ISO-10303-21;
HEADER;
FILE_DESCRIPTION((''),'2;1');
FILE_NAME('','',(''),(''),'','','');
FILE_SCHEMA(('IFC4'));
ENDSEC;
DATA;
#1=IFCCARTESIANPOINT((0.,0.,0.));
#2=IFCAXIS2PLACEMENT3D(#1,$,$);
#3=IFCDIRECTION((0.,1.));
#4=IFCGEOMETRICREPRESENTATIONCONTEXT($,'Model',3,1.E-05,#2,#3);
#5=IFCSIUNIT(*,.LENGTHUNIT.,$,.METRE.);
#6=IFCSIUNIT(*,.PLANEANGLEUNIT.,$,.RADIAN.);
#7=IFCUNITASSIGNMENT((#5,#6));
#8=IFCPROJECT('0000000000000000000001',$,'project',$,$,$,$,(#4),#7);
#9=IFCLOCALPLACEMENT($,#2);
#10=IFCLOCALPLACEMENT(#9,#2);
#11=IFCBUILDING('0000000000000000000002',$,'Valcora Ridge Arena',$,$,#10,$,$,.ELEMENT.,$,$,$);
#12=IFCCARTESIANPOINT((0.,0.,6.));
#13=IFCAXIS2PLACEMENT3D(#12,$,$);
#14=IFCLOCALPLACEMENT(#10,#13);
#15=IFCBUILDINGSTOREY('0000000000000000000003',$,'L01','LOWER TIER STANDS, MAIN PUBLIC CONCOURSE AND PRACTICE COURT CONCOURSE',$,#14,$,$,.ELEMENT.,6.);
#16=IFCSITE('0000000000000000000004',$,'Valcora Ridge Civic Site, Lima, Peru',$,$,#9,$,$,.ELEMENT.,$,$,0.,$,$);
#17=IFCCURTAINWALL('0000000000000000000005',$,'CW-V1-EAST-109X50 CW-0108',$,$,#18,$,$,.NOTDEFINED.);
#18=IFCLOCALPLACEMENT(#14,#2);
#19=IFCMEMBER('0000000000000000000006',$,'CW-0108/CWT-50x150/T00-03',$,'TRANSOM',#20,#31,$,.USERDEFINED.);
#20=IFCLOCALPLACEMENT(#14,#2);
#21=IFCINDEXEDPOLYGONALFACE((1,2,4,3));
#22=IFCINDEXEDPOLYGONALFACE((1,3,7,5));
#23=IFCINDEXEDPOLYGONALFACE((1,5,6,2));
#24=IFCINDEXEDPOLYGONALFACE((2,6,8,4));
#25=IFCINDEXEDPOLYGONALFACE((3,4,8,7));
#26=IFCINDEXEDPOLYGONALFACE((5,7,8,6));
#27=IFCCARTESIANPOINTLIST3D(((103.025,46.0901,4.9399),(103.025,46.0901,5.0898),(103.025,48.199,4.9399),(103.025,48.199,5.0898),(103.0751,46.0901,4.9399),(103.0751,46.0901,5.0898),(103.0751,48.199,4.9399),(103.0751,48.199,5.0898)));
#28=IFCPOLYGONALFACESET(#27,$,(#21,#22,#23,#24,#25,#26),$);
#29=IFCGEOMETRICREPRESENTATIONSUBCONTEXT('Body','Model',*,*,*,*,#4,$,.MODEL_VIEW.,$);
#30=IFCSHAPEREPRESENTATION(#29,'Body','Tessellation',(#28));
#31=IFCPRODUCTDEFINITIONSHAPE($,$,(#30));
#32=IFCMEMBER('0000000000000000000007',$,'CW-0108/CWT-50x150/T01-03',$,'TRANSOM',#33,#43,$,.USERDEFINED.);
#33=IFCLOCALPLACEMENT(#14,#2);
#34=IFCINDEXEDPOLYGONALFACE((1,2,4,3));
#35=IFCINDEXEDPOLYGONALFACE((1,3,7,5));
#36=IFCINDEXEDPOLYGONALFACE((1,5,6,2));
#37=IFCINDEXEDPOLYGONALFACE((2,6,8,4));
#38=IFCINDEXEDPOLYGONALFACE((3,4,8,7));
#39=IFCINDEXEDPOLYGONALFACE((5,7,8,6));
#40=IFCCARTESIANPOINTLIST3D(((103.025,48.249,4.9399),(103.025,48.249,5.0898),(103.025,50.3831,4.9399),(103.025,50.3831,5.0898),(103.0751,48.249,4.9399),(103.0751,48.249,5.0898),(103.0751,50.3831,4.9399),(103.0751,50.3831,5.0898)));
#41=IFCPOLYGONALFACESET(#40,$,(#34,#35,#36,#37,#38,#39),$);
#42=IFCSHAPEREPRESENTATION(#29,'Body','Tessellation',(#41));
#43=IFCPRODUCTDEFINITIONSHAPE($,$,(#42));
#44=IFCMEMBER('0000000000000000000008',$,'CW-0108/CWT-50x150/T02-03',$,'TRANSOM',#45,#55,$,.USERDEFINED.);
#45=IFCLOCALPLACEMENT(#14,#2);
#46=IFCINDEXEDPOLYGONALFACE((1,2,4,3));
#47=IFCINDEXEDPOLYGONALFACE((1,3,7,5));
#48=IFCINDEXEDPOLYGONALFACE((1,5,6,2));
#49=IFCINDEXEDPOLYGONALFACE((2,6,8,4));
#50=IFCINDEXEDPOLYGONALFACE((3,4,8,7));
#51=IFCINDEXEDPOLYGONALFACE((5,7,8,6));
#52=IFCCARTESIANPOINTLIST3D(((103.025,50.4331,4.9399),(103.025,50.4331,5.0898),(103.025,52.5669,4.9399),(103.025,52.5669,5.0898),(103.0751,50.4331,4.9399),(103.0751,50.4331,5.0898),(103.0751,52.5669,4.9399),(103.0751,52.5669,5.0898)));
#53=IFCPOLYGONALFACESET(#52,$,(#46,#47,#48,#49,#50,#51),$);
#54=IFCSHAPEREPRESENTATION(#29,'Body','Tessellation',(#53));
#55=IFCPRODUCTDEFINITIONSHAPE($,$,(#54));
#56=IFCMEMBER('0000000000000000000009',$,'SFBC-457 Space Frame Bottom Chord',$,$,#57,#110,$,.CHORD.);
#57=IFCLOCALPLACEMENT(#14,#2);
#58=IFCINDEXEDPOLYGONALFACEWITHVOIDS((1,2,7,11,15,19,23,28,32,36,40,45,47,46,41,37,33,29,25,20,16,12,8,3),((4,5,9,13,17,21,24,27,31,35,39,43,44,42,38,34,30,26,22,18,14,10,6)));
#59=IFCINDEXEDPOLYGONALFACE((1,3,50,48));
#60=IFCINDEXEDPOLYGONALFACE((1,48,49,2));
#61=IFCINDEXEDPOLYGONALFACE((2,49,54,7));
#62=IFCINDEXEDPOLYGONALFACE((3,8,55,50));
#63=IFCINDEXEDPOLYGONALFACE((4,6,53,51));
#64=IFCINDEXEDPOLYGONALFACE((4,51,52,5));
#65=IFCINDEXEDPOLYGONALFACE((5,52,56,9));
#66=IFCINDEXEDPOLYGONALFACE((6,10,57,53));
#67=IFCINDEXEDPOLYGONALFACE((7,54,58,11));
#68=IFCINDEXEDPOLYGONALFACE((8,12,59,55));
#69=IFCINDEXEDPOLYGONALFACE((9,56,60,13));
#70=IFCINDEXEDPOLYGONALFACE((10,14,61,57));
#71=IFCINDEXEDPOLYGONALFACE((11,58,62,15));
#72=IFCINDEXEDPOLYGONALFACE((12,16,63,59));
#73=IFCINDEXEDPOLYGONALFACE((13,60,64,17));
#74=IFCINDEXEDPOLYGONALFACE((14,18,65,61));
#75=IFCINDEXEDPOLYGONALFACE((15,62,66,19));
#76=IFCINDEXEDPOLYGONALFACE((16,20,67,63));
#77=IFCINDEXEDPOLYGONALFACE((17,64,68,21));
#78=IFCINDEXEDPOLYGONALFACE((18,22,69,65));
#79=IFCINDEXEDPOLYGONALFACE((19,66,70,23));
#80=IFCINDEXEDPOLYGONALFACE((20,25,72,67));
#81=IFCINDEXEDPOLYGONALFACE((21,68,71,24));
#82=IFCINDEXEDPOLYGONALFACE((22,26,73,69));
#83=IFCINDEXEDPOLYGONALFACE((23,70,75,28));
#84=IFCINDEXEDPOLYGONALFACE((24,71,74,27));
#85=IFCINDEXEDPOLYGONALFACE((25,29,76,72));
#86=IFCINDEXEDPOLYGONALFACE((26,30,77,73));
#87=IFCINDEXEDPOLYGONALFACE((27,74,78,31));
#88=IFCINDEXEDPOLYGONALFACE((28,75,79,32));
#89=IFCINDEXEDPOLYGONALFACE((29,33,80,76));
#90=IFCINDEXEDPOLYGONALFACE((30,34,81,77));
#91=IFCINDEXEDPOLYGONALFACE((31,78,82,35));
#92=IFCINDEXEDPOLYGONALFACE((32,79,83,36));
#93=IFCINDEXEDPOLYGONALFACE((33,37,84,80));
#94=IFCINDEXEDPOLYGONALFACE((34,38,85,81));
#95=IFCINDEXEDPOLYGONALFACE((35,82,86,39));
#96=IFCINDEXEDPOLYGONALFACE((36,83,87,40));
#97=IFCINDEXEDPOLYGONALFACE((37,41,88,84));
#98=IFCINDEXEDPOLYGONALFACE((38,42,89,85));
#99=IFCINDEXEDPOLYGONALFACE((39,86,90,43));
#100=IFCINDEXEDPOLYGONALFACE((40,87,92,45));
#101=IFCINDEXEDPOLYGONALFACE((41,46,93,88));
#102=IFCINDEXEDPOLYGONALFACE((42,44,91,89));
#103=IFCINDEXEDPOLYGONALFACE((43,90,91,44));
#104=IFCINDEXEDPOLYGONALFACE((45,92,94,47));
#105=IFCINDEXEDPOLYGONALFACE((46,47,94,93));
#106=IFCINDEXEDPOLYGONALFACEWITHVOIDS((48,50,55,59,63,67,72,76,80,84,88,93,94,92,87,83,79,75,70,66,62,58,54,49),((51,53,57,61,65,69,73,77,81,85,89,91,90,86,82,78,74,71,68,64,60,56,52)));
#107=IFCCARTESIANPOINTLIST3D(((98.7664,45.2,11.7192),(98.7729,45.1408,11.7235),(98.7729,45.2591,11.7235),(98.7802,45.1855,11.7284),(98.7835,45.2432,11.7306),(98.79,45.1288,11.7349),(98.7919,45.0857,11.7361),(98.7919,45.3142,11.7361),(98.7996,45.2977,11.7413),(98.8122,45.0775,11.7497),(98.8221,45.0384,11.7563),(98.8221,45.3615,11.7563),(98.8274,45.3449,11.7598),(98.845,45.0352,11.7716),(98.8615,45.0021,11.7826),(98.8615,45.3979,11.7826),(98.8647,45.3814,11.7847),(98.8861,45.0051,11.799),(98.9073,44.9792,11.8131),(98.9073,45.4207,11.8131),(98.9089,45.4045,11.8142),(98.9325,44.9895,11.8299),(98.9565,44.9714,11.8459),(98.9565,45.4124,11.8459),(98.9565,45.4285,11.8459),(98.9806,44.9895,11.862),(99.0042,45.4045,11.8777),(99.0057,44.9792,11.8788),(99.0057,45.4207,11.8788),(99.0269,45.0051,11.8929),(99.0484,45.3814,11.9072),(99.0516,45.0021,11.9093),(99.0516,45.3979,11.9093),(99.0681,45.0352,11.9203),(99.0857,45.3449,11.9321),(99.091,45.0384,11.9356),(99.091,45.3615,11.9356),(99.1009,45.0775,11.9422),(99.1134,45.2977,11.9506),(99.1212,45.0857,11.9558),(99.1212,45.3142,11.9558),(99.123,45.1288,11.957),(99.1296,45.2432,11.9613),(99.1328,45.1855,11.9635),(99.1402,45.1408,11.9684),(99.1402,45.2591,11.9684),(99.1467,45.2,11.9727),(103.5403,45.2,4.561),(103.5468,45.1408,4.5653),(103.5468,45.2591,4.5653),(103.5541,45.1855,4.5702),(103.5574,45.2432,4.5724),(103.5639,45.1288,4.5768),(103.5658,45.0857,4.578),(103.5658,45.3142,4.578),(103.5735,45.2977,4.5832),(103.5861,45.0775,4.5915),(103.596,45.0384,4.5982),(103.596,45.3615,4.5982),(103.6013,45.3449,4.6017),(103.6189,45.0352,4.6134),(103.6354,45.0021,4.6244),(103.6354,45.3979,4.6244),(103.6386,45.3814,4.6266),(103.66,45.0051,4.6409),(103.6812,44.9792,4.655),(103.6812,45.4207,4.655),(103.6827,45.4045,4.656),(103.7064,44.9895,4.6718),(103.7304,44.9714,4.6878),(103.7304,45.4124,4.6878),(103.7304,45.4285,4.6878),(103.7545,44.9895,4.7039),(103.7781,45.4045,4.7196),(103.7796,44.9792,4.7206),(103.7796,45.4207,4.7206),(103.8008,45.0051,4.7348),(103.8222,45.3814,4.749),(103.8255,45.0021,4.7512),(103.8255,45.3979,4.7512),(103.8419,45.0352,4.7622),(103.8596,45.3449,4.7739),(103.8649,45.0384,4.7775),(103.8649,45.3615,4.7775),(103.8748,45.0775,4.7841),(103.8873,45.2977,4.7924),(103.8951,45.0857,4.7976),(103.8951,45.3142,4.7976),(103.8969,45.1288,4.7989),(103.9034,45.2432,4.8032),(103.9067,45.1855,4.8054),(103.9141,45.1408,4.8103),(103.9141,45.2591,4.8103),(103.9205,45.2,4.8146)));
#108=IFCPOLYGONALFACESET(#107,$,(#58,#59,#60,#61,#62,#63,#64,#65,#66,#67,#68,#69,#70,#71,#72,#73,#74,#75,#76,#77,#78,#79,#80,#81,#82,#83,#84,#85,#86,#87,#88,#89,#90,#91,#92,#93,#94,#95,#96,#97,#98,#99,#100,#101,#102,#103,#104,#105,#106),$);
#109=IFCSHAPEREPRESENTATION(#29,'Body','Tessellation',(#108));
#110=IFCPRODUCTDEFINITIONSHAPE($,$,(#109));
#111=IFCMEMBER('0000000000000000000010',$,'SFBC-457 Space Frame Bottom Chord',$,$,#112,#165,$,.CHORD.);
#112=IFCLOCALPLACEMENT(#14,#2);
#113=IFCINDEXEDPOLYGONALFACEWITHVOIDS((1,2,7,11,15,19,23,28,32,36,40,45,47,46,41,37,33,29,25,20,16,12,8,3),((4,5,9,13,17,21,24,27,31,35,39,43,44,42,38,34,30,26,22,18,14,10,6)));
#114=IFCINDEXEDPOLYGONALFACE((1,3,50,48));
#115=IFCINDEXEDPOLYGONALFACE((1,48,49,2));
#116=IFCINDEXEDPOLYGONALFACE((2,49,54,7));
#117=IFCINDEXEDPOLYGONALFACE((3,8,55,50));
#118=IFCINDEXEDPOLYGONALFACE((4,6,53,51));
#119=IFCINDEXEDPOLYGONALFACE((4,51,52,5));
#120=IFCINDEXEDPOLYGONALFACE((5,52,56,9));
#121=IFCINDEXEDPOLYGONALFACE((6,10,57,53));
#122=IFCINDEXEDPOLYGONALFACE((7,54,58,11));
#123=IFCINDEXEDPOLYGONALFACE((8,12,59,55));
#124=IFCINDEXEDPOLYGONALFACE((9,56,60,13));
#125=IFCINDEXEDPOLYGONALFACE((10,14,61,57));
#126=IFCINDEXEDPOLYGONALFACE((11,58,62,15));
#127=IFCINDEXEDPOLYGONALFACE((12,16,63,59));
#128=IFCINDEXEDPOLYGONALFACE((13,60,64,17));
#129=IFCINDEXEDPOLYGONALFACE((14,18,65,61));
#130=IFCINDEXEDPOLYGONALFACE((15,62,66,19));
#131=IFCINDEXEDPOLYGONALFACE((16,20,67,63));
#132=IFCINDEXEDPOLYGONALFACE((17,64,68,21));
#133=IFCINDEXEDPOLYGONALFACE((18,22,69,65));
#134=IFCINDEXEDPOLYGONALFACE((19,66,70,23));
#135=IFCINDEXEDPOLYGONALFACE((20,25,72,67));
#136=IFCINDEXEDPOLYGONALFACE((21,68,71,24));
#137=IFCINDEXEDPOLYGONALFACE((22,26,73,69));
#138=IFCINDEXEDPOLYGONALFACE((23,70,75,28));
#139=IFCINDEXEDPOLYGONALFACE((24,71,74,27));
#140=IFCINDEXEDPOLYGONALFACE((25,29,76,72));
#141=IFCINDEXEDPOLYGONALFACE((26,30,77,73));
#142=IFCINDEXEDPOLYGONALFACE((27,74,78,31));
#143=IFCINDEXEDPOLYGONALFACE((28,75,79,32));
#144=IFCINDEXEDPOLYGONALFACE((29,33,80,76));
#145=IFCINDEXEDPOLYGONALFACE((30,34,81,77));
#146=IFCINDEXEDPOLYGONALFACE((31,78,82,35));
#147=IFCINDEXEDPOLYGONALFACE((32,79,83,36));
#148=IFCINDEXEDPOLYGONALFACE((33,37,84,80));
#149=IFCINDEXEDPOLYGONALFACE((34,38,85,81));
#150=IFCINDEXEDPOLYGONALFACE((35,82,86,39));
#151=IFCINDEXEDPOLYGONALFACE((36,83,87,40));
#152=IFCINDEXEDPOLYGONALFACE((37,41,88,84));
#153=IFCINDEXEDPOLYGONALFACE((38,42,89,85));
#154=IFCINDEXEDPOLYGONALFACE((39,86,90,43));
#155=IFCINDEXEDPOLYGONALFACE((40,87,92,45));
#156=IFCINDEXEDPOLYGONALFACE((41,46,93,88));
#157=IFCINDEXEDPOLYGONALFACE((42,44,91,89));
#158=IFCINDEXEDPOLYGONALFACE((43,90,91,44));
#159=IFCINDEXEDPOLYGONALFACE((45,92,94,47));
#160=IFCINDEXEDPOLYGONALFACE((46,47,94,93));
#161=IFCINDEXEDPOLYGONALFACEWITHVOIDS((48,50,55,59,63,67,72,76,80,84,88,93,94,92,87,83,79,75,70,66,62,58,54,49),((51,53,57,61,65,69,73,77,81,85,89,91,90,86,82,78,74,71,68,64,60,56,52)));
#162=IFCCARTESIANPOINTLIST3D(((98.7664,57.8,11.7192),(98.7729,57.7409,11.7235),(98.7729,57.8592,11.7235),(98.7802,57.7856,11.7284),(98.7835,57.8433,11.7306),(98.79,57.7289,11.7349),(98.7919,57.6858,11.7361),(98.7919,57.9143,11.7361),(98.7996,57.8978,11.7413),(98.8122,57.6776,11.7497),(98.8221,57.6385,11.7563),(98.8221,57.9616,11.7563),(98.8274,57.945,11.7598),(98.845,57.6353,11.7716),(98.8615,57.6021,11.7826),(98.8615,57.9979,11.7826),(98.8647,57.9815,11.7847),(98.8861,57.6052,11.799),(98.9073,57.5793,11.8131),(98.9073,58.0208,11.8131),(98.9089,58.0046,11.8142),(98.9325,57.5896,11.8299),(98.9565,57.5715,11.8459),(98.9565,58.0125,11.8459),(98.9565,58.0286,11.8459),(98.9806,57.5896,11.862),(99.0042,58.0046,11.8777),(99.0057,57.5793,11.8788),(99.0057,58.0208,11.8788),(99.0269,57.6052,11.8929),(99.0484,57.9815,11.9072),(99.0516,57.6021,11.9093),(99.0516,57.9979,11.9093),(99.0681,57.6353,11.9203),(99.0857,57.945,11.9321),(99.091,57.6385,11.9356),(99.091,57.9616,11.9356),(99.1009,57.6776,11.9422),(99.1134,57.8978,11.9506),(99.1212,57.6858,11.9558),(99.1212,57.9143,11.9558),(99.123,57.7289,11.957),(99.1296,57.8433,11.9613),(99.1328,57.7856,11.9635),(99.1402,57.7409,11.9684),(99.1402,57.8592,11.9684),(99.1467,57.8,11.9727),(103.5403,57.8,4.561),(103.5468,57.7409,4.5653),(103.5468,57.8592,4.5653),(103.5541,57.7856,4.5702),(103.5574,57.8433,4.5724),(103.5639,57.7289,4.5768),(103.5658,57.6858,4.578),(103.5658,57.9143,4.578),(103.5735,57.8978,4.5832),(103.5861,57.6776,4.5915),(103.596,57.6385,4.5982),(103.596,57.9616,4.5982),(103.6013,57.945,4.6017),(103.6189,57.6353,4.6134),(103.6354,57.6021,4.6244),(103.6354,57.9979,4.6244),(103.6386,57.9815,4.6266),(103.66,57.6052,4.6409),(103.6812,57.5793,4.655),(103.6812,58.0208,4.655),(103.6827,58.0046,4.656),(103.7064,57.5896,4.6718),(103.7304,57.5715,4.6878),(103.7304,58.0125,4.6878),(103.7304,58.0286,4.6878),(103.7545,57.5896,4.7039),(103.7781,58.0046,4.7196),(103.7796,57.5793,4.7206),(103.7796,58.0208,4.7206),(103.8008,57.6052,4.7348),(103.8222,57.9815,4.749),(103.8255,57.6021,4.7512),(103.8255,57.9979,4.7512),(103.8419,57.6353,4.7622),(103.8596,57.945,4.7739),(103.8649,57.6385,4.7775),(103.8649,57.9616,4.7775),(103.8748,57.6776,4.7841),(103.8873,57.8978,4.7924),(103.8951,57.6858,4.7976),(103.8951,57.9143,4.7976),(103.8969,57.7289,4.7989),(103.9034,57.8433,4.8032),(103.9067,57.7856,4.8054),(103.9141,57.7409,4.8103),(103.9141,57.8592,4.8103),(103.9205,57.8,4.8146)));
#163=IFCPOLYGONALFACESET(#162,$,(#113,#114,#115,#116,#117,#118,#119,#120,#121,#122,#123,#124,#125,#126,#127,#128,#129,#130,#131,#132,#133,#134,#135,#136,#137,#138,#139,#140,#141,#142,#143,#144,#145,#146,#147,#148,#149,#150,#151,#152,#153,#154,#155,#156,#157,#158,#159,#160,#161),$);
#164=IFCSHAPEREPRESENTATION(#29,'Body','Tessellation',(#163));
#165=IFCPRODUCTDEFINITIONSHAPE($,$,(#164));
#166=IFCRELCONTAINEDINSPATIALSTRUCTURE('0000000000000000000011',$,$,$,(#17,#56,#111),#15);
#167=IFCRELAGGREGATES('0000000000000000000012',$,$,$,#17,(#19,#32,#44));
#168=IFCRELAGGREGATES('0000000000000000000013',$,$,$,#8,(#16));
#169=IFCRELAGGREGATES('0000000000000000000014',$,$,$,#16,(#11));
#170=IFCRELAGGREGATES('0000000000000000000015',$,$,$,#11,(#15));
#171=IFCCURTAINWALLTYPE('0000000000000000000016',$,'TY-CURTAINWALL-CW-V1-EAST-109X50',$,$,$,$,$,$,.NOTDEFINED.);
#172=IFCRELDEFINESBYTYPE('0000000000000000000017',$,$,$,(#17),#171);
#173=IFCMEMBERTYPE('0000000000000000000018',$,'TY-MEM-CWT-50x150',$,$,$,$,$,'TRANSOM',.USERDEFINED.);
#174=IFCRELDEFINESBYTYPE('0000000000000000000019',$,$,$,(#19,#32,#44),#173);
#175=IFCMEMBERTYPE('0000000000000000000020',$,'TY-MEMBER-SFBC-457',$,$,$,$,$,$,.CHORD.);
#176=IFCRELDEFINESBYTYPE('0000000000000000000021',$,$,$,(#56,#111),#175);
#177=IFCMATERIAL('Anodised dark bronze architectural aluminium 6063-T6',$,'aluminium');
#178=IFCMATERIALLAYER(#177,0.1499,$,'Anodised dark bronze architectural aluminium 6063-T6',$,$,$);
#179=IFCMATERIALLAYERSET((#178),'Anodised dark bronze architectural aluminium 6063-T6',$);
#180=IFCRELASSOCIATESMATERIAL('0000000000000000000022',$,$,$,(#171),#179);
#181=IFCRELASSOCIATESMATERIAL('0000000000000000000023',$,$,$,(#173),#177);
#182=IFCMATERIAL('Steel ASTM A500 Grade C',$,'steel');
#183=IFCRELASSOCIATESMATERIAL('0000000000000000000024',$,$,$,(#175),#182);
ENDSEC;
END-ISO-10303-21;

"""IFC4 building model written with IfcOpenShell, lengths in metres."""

from ifc_helpers import new_model, si_unit, direction, frame, origin, origin_2d, place, context, subcontext, project, spatial, rectangle, hollow_circle, extrude, material, layer, layer_set, material_profile, profile_set, type_object, element, aggregate, save


model = new_model("IFC4")

# Units and contexts
model_context = context("Model", 3, precision=1e-05, world=origin(), true_north=direction((0.0, 1.0)))
body_context = subcontext(model_context, "Body", "Model", "MODEL_VIEW")
ifc_project = project(units=[si_unit("LENGTHUNIT", "METRE"), si_unit("PLANEANGLEUNIT", "RADIAN")], contexts=[model_context])

# Site, building, storey
site_placement = place(None, origin())
site = spatial("IfcSite", under=ifc_project, at=site_placement, Name="Valcora Ridge Civic Site, Lima, Peru", CompositionType="ELEMENT", RefElevation=0.0)
building_placement = place(site_placement, origin())
building = spatial("IfcBuilding", under=site, at=building_placement, Name="Valcora Ridge Arena", CompositionType="ELEMENT")
storey_placement = place(building_placement, frame((0.0, 0.0, 6.0)))
storey = spatial("IfcBuildingStorey", under=building, at=storey_placement, Name="L01", Description="LOWER TIER STANDS, MAIN PUBLIC CONCOURSE AND PRACTICE COURT CONCOURSE", CompositionType="ELEMENT", Elevation=6.0)

# Curtain wall, members
ifc_material_1 = material(Name="Anodised dark bronze architectural aluminium 6063-T6", Category="aluminium")
ifc_layer_1 = layer(ifc_material_1, 0.1499, Name="Anodised dark bronze architectural aluminium 6063-T6")
ifc_layer_set_1 = layer_set([ifc_layer_1], Name="Anodised dark bronze architectural aluminium 6063-T6")
curtain_wall_type = type_object("IfcCurtainWallType", Name="TY-CURTAINWALL-CW-V1-EAST-109X50", PredefinedType="NOTDEFINED", material=ifc_layer_set_1)
curtain_wall_placement = place(storey_placement, origin())
curtain_wall = element("IfcCurtainWall", 1, at=curtain_wall_placement, inside=storey, type_object=curtain_wall_type, Name="CW-V1-EAST-109X50 CW-0108", PredefinedType="NOTDEFINED")
ifc_material_profile_1 = material_profile(ifc_material_1, rectangle(XDim=0.05, YDim=0.1499, at=origin_2d()), Name="ALU TRANSOM 50x150")
ifc_profile_set_1 = profile_set([ifc_material_profile_1], Name="Anodised dark bronze architectural aluminium 6063-T6")
member_type_1 = type_object("IfcMemberType", Name="TY-MEM-CWT-50x150", ElementType="TRANSOM", PredefinedType="USERDEFINED", material=ifc_profile_set_1)
member_1_placement = place(storey_placement, frame((103.05, 46.0901, 5.0149), z_axis=(0.0, 1.0, 0.0), x_axis=(-1.0, 0.0, 0.0)))
member_1 = element("IfcMember", 2, at=member_1_placement, type_object=member_type_1, Name="CW-0108/CWT-50x150/T00-03", ObjectType="TRANSOM", PredefinedType="USERDEFINED", context=body_context, shape_type="SweptSolid", body=[
    extrude(rectangle(XDim=0.05, YDim=0.1499, at=origin_2d()), origin(), (0.0, 0.0, 1.0), 2.1089),
])
member_2_placement = place(storey_placement, frame((103.05, 48.249, 5.0149), z_axis=(0.0, 1.0, 0.0), x_axis=(-1.0, 0.0, 0.0)))
member_2 = element("IfcMember", 3, at=member_2_placement, type_object=member_type_1, Name="CW-0108/CWT-50x150/T01-03", ObjectType="TRANSOM", PredefinedType="USERDEFINED", context=body_context, shape_type="SweptSolid", body=[
    extrude(rectangle(XDim=0.05, YDim=0.1499, at=origin_2d()), origin(), (0.0, 0.0, 1.0), 2.134),
])
member_3_placement = place(storey_placement, frame((103.05, 50.4331, 5.0149), z_axis=(0.0, 1.0, 0.0), x_axis=(-1.0, 0.0, 0.0)))
member_3 = element("IfcMember", 4, at=member_3_placement, type_object=member_type_1, Name="CW-0108/CWT-50x150/T02-03", ObjectType="TRANSOM", PredefinedType="USERDEFINED", context=body_context, shape_type="SweptSolid", body=[
    extrude(rectangle(XDim=0.05, YDim=0.1499, at=origin_2d()), origin(), (0.0, 0.0, 1.0), 2.1338),
])

# Members
ifc_material_2 = material(Name="Steel ASTM A500 Grade C", Category="steel")
ifc_material_profile_2 = material_profile(ifc_material_2, hollow_circle(Radius=0.2285, WallThickness=0.0161, at=origin_2d()), Name="CHS457X16")
ifc_profile_set_2 = profile_set([ifc_material_profile_2], Name="Steel ASTM A500 Grade C")
member_type_2 = type_object("IfcMemberType", Name="TY-MEMBER-SFBC-457", PredefinedType="CHORD", material=ifc_profile_set_2)
for number, where, z_axis, x_axis, name in (
    (5, (98.9565, 45.2, 11.8459), (0.554844, 0.0, -0.831954), (0.0, 1.0, 0.0), "SFBC-457 Space Frame Bottom Chord"),
    (6, (98.9565, 57.8, 11.8459), (0.554844, 0.0, -0.831954), (0.0, 1.0, 0.0), "SFBC-457 Space Frame Bottom Chord"),
):
    element("IfcMember", number, at=place(storey_placement, frame(where, z_axis=z_axis, x_axis=x_axis)), inside=storey, type_object=member_type_2, Name=name, PredefinedType="CHORD", context=body_context, shape_type="SweptSolid", body=[
        extrude(hollow_circle(Radius=0.2285, WallThickness=0.0161, at=origin_2d()), origin(), (0.0, 0.0, 1.0), 8.604),
    ])

aggregate(curtain_wall, [member_1, member_2, member_3])

save(model, "model.ifc")
